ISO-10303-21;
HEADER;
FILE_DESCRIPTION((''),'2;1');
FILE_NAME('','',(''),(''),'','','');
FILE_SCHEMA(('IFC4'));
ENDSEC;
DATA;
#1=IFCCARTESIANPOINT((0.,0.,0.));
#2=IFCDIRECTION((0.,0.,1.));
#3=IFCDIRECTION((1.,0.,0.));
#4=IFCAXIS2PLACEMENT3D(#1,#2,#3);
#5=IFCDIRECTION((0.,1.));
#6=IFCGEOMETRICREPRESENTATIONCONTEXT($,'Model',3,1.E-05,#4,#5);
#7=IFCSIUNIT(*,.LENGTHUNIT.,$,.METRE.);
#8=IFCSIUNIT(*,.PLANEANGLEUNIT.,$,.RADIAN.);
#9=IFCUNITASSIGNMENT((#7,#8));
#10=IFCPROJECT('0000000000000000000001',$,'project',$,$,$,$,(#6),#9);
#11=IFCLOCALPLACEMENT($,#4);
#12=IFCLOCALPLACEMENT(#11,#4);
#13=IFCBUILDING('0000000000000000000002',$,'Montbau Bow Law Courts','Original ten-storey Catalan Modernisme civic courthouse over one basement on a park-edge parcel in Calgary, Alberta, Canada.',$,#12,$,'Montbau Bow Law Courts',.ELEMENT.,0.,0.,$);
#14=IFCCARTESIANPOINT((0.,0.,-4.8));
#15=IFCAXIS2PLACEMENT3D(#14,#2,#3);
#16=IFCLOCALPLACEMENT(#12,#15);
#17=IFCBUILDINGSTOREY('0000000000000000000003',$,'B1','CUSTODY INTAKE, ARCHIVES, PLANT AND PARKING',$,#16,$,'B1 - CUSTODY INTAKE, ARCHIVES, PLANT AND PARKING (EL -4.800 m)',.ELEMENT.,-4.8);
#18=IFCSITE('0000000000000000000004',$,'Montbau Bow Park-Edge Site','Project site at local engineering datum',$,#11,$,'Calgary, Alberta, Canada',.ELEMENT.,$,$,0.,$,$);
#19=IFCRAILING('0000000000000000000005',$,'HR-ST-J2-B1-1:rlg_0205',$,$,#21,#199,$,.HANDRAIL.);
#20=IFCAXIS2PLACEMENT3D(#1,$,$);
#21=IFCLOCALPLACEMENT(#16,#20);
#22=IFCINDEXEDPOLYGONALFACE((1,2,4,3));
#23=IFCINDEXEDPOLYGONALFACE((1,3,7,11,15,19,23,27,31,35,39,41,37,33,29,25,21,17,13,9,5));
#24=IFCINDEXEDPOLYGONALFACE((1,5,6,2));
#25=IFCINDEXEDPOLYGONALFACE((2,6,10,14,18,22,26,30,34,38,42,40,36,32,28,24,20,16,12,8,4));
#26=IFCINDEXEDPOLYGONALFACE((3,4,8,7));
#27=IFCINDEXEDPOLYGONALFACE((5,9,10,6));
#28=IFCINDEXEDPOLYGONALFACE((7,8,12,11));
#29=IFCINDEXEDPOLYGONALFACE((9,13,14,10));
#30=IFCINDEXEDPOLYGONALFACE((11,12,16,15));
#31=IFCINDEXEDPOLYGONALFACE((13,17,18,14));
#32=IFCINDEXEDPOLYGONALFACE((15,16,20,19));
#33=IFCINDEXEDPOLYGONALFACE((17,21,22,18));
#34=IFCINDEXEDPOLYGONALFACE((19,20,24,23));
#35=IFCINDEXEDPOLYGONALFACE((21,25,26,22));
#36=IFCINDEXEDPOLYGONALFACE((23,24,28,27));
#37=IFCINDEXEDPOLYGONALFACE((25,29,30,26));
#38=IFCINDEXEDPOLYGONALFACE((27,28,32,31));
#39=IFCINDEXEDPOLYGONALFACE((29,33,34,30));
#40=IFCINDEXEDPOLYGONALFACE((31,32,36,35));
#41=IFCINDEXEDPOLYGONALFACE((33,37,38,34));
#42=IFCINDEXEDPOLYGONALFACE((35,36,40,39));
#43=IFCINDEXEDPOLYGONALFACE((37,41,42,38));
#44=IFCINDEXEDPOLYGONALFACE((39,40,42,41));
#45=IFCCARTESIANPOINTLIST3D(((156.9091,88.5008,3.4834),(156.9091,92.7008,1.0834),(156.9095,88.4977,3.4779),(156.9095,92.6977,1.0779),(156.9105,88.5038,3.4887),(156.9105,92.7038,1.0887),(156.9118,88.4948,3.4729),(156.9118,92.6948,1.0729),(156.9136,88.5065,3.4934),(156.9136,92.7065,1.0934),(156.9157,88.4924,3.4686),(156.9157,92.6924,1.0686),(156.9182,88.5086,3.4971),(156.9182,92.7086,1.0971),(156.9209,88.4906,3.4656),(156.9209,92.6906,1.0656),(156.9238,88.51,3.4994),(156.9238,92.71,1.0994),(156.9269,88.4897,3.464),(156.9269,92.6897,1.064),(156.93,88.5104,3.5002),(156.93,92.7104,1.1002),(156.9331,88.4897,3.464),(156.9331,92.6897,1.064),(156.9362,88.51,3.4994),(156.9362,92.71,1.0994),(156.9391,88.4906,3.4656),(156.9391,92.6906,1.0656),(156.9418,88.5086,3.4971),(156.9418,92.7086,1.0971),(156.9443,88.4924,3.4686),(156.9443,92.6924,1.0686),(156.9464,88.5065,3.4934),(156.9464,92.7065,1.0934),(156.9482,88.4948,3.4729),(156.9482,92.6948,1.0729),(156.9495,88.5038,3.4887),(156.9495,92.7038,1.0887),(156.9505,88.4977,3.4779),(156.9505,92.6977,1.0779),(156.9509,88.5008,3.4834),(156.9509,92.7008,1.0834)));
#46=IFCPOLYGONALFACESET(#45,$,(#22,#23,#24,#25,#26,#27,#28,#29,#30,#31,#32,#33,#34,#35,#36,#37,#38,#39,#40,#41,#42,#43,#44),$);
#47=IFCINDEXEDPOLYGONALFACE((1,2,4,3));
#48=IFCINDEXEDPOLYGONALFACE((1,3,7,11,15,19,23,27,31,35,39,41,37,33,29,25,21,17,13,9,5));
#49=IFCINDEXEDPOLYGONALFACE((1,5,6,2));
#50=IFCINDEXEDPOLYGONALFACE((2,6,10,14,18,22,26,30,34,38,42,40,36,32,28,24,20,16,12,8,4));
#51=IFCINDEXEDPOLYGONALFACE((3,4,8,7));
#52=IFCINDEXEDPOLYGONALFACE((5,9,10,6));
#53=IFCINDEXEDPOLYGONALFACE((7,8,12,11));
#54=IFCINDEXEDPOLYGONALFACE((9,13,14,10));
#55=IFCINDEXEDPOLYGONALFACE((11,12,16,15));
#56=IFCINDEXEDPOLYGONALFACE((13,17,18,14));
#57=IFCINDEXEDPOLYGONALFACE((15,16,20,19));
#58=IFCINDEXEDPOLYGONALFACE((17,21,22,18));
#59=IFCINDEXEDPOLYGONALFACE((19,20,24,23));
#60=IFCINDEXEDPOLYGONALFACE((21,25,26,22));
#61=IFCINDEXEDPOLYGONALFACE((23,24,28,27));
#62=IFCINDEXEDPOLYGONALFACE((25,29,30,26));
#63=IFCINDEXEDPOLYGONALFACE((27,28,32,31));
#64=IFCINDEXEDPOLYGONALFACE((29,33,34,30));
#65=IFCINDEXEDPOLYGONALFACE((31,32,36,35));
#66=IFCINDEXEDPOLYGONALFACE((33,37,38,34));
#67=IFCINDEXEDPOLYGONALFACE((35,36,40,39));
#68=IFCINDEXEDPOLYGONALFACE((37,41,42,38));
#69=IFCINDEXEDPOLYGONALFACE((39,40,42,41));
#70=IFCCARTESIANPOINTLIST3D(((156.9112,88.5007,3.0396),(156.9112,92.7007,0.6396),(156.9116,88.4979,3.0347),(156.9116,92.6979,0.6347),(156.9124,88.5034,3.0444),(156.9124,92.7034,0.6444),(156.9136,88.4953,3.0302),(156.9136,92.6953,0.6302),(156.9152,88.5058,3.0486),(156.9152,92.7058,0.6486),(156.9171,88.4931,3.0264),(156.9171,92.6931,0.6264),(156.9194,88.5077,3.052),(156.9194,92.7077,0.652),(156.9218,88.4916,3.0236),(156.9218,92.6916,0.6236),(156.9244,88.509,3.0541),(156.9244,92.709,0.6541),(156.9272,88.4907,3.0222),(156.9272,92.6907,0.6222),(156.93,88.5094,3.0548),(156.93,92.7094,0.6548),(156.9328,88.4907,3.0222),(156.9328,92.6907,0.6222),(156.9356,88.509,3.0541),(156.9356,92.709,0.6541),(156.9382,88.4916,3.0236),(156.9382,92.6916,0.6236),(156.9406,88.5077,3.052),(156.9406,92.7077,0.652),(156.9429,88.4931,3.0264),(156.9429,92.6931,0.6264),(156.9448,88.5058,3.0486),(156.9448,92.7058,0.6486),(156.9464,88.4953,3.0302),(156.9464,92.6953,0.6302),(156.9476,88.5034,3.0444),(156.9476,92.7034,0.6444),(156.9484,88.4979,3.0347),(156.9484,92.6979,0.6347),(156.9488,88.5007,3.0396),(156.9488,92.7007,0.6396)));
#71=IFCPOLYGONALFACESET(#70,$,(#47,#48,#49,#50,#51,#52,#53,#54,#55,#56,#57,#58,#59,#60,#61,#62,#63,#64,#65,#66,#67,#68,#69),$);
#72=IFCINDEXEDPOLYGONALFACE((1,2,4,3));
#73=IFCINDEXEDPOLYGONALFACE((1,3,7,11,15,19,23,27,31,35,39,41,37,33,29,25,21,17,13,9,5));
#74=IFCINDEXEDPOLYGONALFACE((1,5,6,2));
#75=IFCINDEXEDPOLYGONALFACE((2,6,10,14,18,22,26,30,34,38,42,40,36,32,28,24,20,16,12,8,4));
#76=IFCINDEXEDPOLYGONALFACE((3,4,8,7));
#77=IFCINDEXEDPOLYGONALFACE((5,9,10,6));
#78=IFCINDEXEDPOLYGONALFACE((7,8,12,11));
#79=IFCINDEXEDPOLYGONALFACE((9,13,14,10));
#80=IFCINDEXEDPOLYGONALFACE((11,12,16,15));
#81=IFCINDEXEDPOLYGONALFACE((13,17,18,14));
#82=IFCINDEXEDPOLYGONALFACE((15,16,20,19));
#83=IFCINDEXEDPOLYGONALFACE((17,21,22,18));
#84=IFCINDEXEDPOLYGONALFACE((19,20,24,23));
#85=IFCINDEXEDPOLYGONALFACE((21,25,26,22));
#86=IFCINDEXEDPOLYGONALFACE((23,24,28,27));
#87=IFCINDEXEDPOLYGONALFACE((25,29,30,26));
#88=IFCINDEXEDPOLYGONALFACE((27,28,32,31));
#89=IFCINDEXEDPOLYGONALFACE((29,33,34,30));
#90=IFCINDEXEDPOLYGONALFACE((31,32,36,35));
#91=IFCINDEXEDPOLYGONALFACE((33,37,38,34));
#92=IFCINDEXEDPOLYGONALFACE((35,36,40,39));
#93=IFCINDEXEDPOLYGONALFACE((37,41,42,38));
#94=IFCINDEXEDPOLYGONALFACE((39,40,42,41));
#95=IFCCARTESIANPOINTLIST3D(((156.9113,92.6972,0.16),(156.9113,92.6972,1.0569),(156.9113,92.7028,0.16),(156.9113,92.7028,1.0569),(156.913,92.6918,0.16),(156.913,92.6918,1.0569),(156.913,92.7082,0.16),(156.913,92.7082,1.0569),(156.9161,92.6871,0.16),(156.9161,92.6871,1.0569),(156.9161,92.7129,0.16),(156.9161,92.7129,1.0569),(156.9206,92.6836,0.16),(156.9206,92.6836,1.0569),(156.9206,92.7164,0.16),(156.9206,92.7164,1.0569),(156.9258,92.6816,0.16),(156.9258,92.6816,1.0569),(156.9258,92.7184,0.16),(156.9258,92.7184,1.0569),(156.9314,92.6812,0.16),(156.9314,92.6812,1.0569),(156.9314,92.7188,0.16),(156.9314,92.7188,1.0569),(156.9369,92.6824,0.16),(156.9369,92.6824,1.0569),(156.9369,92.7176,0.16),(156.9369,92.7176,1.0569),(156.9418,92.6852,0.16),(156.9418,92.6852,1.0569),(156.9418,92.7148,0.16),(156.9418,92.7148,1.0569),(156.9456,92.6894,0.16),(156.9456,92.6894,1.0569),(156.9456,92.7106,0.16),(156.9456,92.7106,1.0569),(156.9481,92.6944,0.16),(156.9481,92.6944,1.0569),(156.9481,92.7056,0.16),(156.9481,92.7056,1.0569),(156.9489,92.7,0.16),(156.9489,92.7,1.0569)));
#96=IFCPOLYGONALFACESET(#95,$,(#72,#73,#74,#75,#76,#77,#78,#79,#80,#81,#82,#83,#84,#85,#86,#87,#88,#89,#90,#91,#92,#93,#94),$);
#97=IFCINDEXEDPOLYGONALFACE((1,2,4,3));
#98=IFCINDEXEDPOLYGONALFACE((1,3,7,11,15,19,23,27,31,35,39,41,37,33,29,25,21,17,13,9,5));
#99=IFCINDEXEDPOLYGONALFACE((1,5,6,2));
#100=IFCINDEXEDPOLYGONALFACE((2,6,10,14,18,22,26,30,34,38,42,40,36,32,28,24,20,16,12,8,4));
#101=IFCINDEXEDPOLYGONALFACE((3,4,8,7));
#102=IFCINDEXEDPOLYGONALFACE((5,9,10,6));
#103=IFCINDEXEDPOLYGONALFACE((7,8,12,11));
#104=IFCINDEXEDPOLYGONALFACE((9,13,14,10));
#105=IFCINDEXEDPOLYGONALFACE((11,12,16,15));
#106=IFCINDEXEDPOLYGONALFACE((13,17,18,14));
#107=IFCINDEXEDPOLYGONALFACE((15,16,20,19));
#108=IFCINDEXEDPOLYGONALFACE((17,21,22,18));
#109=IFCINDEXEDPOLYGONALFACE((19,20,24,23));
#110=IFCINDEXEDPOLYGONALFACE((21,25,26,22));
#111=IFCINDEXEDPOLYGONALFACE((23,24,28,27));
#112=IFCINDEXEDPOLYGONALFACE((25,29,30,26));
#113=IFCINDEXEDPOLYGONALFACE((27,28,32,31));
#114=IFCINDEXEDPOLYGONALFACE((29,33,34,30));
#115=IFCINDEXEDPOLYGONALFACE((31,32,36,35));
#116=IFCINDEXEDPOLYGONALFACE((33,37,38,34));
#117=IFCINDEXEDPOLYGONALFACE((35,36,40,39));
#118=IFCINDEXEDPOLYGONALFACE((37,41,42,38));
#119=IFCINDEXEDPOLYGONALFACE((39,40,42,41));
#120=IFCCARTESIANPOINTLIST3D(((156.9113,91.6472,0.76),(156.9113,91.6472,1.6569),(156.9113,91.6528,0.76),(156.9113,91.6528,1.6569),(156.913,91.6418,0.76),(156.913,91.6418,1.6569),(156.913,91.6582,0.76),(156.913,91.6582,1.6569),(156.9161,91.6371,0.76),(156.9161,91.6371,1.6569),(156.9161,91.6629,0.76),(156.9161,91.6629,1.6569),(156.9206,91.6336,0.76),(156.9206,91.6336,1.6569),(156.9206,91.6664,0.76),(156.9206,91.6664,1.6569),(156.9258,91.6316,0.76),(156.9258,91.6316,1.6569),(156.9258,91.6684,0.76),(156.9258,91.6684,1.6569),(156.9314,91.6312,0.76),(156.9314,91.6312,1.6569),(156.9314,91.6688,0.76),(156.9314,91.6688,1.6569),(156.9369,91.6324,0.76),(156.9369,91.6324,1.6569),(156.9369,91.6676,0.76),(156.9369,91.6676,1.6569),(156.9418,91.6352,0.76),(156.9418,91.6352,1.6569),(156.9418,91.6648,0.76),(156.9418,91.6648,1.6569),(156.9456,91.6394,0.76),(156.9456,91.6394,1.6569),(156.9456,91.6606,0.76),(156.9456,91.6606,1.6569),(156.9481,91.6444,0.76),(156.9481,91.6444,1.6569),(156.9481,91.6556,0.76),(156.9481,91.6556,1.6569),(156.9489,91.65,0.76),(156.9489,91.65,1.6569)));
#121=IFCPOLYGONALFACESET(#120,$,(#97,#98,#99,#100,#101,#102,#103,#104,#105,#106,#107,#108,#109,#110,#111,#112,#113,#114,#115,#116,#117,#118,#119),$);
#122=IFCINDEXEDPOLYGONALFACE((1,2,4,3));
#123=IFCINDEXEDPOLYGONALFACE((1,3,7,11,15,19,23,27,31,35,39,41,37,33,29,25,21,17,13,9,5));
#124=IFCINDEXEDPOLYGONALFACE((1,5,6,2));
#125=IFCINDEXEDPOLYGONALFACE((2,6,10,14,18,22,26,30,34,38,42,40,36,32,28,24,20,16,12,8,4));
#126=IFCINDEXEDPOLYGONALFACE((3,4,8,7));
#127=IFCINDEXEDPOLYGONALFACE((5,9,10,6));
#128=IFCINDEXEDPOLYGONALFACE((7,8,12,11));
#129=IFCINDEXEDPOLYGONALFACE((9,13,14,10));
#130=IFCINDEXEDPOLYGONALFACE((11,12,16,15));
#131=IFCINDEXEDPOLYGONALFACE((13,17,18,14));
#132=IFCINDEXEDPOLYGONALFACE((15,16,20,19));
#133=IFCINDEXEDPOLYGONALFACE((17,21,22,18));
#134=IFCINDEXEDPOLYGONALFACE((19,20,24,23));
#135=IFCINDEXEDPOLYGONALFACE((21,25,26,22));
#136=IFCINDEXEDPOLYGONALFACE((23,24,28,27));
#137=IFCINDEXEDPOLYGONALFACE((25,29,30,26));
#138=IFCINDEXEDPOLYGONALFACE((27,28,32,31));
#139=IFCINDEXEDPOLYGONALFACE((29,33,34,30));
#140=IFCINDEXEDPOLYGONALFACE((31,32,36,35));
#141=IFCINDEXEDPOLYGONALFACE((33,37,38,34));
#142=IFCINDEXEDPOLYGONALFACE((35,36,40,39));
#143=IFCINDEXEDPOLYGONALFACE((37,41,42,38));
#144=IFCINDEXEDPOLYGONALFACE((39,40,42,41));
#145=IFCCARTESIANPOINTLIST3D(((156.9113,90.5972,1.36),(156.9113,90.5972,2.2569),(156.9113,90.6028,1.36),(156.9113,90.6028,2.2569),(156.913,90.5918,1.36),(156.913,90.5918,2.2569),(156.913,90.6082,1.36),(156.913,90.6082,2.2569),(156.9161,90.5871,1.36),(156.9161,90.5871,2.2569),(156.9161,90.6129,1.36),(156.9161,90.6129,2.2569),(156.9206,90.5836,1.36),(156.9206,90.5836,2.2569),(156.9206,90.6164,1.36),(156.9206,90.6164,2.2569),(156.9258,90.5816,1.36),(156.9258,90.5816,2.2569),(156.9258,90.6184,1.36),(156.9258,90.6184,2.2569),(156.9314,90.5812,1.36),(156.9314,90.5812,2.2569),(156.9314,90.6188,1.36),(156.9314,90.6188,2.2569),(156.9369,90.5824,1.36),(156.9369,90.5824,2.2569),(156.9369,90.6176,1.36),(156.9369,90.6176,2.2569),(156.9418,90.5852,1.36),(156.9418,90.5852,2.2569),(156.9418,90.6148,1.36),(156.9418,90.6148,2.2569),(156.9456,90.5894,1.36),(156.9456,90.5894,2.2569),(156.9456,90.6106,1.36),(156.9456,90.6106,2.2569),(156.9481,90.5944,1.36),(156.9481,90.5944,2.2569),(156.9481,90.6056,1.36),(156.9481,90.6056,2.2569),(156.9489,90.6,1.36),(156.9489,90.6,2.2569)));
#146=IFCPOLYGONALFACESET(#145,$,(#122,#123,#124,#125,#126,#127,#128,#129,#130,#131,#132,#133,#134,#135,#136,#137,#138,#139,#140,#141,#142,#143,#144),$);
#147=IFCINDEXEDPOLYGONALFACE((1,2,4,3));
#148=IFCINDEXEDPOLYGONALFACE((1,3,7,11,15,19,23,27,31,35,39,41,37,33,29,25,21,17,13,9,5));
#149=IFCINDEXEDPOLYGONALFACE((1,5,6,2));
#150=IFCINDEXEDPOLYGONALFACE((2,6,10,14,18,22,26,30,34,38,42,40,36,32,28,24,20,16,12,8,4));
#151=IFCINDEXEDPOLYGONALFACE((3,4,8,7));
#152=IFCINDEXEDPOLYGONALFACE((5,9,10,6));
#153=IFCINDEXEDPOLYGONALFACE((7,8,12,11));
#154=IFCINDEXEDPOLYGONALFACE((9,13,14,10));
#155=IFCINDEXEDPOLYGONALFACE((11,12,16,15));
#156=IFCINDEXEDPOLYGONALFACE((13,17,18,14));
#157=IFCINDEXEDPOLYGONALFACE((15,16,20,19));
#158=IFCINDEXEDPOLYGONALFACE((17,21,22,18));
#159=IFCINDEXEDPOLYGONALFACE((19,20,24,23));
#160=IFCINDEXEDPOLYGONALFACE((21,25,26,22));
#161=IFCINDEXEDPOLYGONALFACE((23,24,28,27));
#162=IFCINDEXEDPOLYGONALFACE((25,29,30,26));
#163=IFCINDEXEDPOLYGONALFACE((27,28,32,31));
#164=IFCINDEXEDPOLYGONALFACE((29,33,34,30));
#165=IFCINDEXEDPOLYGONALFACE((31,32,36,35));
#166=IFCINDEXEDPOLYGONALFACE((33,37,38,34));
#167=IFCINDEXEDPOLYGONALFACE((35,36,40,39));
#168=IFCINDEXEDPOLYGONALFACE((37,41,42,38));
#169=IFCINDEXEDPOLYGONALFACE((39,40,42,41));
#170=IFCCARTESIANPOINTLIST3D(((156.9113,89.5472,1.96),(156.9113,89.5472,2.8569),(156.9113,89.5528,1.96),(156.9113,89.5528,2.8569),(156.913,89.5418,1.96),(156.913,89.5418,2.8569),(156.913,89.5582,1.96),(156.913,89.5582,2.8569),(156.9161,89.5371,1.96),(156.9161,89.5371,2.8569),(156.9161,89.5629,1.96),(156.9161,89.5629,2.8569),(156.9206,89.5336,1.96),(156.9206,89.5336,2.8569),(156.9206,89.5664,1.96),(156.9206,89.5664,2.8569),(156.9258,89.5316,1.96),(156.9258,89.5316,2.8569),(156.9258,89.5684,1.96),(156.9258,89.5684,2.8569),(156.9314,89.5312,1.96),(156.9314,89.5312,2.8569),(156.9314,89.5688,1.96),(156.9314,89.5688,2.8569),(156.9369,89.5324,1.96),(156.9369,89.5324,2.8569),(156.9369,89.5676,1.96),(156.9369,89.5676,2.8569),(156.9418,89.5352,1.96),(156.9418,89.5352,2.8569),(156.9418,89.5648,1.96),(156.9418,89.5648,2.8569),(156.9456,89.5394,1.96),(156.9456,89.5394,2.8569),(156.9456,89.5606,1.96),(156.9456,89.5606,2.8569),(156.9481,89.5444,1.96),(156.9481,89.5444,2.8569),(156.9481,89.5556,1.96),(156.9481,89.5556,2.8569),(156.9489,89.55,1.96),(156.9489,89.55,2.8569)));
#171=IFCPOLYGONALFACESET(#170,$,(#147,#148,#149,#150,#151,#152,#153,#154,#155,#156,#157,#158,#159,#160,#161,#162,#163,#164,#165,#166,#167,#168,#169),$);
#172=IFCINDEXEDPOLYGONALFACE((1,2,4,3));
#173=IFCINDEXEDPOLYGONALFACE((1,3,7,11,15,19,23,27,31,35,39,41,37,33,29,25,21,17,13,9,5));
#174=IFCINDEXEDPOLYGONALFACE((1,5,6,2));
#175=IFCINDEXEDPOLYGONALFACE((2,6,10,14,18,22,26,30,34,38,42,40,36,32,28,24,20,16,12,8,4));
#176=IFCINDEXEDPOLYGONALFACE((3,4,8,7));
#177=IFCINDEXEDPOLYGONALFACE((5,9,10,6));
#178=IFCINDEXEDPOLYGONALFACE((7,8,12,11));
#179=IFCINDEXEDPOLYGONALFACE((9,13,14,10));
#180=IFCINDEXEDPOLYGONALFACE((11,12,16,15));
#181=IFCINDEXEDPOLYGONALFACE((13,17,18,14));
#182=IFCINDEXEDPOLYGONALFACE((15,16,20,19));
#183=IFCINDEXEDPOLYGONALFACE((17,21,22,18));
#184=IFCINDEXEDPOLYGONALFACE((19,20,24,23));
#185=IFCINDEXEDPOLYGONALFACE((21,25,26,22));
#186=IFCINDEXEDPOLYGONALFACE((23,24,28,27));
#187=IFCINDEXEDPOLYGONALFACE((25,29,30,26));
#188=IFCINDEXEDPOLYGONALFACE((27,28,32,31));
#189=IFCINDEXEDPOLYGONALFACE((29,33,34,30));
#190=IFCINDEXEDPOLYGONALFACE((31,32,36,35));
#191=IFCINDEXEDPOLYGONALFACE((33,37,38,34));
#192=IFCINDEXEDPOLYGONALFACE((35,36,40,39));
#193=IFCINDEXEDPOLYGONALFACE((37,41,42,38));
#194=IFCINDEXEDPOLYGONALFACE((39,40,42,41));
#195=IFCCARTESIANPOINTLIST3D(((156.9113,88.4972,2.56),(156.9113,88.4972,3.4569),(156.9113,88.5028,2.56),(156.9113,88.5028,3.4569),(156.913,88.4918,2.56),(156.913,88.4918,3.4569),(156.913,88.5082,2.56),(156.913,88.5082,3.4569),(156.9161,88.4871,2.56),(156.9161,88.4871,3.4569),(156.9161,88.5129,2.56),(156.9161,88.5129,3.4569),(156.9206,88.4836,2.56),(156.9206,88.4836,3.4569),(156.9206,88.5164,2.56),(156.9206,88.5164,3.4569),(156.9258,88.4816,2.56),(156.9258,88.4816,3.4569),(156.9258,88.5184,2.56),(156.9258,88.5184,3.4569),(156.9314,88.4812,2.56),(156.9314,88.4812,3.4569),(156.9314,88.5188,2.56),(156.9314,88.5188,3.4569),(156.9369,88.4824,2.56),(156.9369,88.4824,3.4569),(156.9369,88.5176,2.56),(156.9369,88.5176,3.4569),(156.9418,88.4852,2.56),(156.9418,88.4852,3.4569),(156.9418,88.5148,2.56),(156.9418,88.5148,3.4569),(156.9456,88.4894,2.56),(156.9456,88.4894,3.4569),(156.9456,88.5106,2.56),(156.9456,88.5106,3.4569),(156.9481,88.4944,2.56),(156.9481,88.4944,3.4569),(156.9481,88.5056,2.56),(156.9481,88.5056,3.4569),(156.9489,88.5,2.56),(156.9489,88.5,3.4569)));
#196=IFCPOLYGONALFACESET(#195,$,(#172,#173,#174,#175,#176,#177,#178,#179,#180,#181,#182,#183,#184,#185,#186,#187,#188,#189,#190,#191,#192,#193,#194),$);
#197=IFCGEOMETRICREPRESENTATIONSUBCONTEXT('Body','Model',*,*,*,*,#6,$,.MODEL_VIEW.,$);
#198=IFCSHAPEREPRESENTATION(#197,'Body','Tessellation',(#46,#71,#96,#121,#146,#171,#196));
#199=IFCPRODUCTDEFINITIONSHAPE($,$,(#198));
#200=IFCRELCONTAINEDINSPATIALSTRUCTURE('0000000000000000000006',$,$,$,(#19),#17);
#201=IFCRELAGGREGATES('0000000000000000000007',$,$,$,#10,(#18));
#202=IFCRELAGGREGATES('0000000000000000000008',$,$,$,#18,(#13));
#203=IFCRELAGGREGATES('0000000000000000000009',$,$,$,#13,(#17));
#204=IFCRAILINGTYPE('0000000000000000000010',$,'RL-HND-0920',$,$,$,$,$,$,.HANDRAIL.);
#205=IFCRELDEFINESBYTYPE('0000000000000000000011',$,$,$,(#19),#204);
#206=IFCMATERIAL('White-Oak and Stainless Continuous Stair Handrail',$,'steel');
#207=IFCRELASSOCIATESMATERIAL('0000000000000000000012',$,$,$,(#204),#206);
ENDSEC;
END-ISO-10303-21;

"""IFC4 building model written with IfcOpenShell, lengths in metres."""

from ifc_helpers import new_model, si_unit, direction, frame, origin_with_axes, origin_2d_with_axis, place, context, subcontext, project, spatial, circle, extrude, material, type_object, element, save


model = new_model("IFC4")

# Units and contexts
model_context = context("Model", 3, precision=1e-05, world=origin_with_axes(), true_north=direction((0.0, 1.0)))
body_context = subcontext(model_context, "Body", "Model", "MODEL_VIEW")
ifc_project = project(units=[si_unit("LENGTHUNIT", "METRE"), si_unit("PLANEANGLEUNIT", "RADIAN")], contexts=[model_context])

# Site, building, storey
site_placement = place(None, origin_with_axes())
site = spatial("IfcSite", under=ifc_project, at=site_placement, Name="Montbau Bow Park-Edge Site", Description="Project site at local engineering datum", LongName="Calgary, Alberta, Canada", CompositionType="ELEMENT", RefElevation=0.0)
building_placement = place(site_placement, origin_with_axes())
building = spatial("IfcBuilding", under=site, at=building_placement, Name="Montbau Bow Law Courts", Description="Original ten-storey Catalan Modernisme civic courthouse over one basement on a park-edge parcel in Calgary, Alberta, Canada.", LongName="Montbau Bow Law Courts", CompositionType="ELEMENT", ElevationOfRefHeight=0.0, ElevationOfTerrain=0.0)
storey_placement = place(building_placement, frame((0.0, 0.0, -4.8), z_axis=(0.0, 0.0, 1.0), x_axis=(1.0, 0.0, 0.0)))
storey = spatial("IfcBuildingStorey", under=building, at=storey_placement, Name="B1", Description="CUSTODY INTAKE, ARCHIVES, PLANT AND PARKING", LongName="B1 - CUSTODY INTAKE, ARCHIVES, PLANT AND PARKING (EL -4.800 m)", CompositionType="ELEMENT", Elevation=-4.8)

# Railing
ifc_material_1 = material(Name="White-Oak and Stainless Continuous Stair Handrail", Category="steel")
railing_type_1 = type_object("IfcRailingType", Name="RL-HND-0920", PredefinedType="HANDRAIL", material=ifc_material_1)
railing_1_placement = place(None, origin_with_axes())
element("IfcRailing", 1, at=railing_1_placement, inside=storey, type_object=railing_type_1, Name="HR-ST-J2-B1-1:rlg_0205", PredefinedType="HANDRAIL", context=body_context, shape_type="SweptSolid", body=[
    extrude(circle(Radius=0.021, at=origin_2d_with_axis()), frame((156.93, 92.7, -3.718), z_axis=(0.0, -0.868243, 0.496139), x_axis=(0.0, 0.496139, 0.868243)), (0.0, 0.0, 1.0), 4.8374),
    extrude(circle(Radius=0.0189, at=origin_2d_with_axis()), frame((156.93, 92.7, -4.1616), z_axis=(0.0, -0.868243, 0.496139), x_axis=(0.0, 0.496139, 0.868243)), (0.0, 0.0, 1.0), 4.8374),
    extrude(circle(Radius=0.0189, at=origin_2d_with_axis()), frame((156.93, 92.7, -4.64), z_axis=(0.0, 0.0, 1.0), x_axis=(1.0, 0.0, 0.0)), (0.0, 0.0, 1.0), 0.8969),
    extrude(circle(Radius=0.0189, at=origin_2d_with_axis()), frame((156.93, 91.65, -4.04), z_axis=(0.0, 0.0, 1.0), x_axis=(1.0, 0.0, 0.0)), (0.0, 0.0, 1.0), 0.8969),
    extrude(circle(Radius=0.0189, at=origin_2d_with_axis()), frame((156.93, 90.6, -3.44), z_axis=(0.0, 0.0, 1.0), x_axis=(1.0, 0.0, 0.0)), (0.0, 0.0, 1.0), 0.8969),
    extrude(circle(Radius=0.0189, at=origin_2d_with_axis()), frame((156.93, 89.55, -2.84), z_axis=(0.0, 0.0, 1.0), x_axis=(1.0, 0.0, 0.0)), (0.0, 0.0, 1.0), 0.8969),
    extrude(circle(Radius=0.0189, at=origin_2d_with_axis()), frame((156.93, 88.5, -2.24), z_axis=(0.0, 0.0, 1.0), x_axis=(1.0, 0.0, 0.0)), (0.0, 0.0, 1.0), 0.8969),
])

save(model, "model.ifc")
